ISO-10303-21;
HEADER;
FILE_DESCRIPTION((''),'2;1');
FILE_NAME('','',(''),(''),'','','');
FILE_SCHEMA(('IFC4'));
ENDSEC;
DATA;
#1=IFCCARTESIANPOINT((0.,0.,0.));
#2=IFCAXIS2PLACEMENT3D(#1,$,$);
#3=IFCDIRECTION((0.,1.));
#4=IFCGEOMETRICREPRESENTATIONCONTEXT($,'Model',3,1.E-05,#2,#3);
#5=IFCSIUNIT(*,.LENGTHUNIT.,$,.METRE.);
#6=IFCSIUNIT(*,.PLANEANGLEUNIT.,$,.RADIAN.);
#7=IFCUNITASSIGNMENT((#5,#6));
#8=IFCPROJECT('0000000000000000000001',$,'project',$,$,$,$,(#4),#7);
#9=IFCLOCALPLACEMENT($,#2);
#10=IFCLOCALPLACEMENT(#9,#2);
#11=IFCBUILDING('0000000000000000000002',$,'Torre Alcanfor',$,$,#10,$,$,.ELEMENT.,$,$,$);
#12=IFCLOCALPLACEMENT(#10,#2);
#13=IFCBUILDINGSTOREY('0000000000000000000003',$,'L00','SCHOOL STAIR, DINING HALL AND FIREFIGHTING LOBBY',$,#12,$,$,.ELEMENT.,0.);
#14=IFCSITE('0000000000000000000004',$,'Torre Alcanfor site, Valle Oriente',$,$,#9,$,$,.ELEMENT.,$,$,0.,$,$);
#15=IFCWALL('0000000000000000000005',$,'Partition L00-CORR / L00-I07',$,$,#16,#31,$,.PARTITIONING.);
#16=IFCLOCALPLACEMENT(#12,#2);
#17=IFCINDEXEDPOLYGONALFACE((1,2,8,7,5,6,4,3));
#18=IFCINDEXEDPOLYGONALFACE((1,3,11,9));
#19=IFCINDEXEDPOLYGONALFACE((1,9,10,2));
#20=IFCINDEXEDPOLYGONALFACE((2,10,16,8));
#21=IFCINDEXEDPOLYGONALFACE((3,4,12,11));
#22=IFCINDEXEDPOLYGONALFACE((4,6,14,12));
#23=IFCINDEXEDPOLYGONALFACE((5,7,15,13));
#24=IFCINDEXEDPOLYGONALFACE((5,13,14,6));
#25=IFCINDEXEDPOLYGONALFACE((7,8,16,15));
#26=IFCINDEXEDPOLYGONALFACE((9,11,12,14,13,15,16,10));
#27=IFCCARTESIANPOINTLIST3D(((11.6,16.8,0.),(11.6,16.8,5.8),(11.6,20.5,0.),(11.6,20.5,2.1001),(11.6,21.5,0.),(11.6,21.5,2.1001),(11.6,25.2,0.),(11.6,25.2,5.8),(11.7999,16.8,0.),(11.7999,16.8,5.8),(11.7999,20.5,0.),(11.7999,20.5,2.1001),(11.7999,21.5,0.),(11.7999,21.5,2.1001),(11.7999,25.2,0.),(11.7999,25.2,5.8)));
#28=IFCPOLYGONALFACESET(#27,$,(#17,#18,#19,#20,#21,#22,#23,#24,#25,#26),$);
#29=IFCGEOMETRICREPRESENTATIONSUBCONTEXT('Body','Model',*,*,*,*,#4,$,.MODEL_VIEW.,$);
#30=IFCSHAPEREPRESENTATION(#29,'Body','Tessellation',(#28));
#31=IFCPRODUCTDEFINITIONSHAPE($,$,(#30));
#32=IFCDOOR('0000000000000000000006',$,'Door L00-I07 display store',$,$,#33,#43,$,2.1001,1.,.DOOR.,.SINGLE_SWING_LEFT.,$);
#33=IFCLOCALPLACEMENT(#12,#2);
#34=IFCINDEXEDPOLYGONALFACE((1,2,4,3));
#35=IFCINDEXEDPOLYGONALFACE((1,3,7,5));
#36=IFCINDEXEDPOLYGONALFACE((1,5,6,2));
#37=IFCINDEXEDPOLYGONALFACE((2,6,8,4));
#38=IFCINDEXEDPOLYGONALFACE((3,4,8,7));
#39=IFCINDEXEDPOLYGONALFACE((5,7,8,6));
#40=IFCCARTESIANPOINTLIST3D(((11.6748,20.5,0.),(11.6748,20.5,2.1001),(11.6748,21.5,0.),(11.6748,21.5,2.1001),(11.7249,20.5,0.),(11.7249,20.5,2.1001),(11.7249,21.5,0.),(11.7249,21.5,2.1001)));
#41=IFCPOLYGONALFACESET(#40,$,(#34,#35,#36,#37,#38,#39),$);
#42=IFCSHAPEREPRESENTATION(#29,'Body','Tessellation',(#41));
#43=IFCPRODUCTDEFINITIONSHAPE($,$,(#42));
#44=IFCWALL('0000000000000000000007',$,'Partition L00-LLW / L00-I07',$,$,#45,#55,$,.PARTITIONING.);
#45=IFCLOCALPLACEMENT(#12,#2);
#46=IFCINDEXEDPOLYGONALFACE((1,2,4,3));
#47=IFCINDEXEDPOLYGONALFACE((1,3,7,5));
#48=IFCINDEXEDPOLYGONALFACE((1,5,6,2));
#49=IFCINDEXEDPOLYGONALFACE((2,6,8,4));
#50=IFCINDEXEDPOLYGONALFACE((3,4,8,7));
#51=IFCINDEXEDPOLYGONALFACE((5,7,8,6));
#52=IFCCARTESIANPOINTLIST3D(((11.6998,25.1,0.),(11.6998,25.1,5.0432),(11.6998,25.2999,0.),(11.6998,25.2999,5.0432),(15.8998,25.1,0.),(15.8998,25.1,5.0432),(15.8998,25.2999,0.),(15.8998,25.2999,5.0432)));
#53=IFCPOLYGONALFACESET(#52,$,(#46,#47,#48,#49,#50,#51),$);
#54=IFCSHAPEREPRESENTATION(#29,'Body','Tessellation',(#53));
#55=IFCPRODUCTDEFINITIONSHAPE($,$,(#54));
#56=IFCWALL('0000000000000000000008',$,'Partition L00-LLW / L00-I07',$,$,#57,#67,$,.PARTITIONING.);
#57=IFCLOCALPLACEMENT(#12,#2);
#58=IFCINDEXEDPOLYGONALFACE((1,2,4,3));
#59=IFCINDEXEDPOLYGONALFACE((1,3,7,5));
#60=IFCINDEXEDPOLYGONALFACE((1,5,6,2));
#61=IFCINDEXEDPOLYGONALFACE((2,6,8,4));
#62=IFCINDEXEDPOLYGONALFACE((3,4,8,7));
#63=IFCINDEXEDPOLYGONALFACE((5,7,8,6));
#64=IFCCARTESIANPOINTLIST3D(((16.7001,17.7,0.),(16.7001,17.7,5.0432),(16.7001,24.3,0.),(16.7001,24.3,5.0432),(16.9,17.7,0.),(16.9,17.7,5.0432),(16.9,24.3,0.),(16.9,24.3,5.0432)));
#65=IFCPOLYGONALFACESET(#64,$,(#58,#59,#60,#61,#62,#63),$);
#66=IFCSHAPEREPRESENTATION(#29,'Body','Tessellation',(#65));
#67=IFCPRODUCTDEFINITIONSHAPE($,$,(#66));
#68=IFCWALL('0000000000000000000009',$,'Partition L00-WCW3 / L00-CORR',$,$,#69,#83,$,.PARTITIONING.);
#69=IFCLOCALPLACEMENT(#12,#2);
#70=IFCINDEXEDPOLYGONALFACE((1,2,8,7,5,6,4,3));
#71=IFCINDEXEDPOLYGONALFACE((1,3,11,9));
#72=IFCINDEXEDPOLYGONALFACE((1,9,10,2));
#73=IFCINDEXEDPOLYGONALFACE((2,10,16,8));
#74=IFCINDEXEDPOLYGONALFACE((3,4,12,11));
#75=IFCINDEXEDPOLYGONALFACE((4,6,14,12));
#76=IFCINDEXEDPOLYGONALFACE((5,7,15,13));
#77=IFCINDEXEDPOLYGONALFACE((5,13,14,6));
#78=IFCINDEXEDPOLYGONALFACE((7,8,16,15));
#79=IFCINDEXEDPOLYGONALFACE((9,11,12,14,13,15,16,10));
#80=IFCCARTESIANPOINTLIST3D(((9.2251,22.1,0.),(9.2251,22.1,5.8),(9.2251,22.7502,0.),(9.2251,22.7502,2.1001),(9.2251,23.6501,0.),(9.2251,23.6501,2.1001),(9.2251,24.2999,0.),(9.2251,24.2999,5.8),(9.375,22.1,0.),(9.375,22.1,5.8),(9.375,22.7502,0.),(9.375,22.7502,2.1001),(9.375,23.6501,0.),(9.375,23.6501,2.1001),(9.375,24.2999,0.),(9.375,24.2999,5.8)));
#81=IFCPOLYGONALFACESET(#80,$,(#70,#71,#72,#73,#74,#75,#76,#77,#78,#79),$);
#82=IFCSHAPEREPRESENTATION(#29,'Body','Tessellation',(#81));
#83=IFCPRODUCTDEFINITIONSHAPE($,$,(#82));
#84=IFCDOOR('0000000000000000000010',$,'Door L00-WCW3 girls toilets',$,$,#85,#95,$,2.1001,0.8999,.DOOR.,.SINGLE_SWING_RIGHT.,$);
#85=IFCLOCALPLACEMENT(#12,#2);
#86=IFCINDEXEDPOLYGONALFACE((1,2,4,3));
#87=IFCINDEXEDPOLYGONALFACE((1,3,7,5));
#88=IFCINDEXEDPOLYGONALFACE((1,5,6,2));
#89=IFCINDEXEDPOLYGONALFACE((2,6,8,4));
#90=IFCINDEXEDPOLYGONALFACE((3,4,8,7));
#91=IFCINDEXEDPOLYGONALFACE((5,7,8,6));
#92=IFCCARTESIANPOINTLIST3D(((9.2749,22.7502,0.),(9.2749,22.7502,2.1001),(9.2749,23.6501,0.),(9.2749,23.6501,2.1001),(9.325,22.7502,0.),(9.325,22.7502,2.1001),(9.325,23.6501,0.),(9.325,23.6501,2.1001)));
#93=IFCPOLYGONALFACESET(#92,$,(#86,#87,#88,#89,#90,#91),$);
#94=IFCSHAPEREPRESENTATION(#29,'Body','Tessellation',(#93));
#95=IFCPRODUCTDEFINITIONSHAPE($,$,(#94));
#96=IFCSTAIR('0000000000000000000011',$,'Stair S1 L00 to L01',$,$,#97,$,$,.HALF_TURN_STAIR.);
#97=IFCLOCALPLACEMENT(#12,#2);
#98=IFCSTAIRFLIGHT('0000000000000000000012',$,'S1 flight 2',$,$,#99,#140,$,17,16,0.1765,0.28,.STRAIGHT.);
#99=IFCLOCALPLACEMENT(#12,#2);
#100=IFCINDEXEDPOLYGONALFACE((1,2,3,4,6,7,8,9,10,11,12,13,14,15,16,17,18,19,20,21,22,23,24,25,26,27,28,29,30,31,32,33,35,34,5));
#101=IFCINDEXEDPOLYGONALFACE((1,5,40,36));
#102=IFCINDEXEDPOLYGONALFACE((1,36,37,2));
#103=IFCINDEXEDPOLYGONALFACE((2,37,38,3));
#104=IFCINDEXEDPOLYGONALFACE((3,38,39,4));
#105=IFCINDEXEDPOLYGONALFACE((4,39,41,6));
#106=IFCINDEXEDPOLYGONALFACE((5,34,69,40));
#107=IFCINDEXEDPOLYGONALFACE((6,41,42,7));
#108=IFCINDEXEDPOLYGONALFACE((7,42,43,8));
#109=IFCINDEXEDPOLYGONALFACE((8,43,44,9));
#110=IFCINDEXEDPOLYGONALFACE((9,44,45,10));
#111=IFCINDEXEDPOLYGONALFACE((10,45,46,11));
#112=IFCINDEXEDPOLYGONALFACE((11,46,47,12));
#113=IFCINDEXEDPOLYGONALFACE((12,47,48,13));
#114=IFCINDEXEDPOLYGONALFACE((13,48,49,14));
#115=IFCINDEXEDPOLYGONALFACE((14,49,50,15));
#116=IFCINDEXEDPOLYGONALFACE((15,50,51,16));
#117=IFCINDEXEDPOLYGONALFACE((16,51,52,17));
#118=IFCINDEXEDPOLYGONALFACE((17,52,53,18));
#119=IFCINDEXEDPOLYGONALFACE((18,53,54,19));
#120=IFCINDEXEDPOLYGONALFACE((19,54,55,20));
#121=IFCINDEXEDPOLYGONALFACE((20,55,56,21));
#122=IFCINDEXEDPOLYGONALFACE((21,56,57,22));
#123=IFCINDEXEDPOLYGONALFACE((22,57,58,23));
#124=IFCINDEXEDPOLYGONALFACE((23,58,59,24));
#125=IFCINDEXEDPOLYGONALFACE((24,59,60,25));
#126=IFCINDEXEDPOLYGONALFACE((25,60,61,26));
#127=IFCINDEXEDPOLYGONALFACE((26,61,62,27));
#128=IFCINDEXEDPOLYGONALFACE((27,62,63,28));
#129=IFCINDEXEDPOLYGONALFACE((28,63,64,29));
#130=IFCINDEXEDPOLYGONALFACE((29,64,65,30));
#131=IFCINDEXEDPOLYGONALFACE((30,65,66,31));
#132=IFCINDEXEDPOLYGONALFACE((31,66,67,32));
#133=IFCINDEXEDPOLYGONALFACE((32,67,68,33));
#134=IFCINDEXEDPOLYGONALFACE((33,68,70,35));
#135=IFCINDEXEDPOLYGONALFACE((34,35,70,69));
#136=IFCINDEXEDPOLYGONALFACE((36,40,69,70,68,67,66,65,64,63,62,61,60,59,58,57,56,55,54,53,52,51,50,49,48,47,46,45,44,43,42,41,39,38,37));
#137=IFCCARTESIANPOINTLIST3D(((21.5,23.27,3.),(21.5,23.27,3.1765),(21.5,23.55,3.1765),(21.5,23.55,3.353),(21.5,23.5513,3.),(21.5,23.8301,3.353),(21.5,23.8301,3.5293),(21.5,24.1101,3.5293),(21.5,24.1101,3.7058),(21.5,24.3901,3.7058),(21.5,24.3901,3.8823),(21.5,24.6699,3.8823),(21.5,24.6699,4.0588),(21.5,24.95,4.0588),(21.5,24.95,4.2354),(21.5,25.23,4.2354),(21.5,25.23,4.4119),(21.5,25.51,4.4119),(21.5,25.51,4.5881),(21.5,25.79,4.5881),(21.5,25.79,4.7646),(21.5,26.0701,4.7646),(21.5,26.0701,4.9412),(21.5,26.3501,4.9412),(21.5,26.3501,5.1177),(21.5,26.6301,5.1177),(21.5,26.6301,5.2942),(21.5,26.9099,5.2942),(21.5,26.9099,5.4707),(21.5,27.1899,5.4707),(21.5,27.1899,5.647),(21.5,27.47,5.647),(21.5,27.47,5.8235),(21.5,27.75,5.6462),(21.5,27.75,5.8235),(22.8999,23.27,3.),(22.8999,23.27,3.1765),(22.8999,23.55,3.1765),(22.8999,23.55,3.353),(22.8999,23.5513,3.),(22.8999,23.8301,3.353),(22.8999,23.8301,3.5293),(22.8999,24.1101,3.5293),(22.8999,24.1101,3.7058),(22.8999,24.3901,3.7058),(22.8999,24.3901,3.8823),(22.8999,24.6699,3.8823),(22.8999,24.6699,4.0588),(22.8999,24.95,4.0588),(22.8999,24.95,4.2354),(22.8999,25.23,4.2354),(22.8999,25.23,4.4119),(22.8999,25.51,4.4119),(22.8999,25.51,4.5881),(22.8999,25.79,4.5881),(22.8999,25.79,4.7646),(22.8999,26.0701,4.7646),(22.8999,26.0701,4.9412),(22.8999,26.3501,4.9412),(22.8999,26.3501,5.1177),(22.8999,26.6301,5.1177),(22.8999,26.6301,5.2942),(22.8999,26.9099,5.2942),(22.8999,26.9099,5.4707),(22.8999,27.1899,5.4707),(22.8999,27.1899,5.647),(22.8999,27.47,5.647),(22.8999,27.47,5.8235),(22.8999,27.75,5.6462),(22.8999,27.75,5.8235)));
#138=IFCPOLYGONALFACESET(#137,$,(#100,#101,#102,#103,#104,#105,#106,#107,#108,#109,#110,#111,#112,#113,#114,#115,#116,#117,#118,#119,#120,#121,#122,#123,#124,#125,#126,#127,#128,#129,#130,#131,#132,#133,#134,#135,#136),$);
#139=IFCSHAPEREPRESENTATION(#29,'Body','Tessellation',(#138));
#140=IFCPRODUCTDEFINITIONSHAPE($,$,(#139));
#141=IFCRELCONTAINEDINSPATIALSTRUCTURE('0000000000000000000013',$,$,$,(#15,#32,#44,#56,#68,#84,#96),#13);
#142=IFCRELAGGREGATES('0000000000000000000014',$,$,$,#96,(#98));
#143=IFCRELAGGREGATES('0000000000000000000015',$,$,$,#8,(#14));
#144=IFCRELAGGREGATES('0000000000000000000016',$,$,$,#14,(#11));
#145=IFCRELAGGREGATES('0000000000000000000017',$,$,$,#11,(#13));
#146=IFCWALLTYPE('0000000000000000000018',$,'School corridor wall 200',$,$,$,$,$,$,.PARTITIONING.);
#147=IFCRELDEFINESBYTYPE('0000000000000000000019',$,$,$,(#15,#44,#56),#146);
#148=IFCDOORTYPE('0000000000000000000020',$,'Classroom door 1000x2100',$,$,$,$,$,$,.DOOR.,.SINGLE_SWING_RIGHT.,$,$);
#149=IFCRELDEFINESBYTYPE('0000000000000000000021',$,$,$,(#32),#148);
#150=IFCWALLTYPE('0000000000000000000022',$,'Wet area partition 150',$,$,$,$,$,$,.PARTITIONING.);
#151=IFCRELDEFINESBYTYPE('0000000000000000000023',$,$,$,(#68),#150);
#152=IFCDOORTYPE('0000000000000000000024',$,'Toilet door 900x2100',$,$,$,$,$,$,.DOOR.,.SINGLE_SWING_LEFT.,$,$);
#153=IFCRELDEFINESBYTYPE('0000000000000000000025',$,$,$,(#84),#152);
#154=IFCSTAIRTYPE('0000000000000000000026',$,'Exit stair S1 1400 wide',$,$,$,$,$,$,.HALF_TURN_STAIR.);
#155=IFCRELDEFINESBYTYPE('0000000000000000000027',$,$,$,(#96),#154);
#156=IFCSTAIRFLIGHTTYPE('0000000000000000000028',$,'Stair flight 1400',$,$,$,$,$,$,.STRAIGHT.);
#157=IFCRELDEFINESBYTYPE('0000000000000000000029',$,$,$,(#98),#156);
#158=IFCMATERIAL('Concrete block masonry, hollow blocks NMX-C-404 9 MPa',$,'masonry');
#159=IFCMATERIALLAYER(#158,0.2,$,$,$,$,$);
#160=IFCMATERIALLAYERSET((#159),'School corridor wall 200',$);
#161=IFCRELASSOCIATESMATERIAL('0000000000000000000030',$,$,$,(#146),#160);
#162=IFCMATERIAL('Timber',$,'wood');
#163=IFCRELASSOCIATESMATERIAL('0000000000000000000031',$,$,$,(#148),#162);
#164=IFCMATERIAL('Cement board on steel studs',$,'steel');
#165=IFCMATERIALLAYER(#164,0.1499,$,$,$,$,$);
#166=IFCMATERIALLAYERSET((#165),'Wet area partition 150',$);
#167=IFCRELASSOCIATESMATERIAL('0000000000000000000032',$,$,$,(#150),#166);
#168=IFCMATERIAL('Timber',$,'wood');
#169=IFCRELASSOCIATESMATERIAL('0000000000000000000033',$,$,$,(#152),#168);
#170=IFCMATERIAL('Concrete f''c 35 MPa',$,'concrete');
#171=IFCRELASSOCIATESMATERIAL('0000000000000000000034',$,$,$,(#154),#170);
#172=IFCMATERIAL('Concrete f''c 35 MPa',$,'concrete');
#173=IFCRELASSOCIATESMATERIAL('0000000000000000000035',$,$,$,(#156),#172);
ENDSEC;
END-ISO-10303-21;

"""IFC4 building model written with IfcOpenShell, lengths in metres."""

from ifc_helpers import new_model, si_unit, direction, frame, frame_2d, origin, place, context, subcontext, project, spatial, polyline, rectangle, outline, extrude, material, layer, layer_set, type_object, element, fill, aggregate, save


model = new_model("IFC4")

# Units and contexts
model_context = context("Model", 3, precision=1e-05, world=origin(), true_north=direction((0.0, 1.0)))
body_context = subcontext(model_context, "Body", "Model", "MODEL_VIEW")
ifc_project = project(units=[si_unit("LENGTHUNIT", "METRE"), si_unit("PLANEANGLEUNIT", "RADIAN")], contexts=[model_context])

# Site, building, storey
site_placement = place(None, origin())
site = spatial("IfcSite", under=ifc_project, at=site_placement, Name="Torre Alcanfor site, Valle Oriente", CompositionType="ELEMENT", RefElevation=0.0)
building_placement = place(site_placement, origin())
building = spatial("IfcBuilding", under=site, at=building_placement, Name="Torre Alcanfor", CompositionType="ELEMENT")
storey_placement = place(building_placement, origin())
storey = spatial("IfcBuildingStorey", under=building, at=storey_placement, Name="L00", Description="SCHOOL STAIR, DINING HALL AND FIREFIGHTING LOBBY", CompositionType="ELEMENT", Elevation=0.0)

# Wall, opening, door
ifc_material_1 = material(Name="Concrete block masonry, hollow blocks NMX-C-404 9 MPa", Category="masonry")
ifc_layer_1 = layer(ifc_material_1, 0.2)
ifc_layer_set_1 = layer_set([ifc_layer_1], Name="School corridor wall 200")
wall_type_1 = type_object("IfcWallType", Name="School corridor wall 200", PredefinedType="PARTITIONING", material=ifc_layer_set_1)
wall_1_placement = place(storey_placement, frame((11.7, 25.2, 0.0), z_axis=(0.0, 0.0, 1.0), x_axis=(0.0, -1.0, 0.0)))
wall_1 = element("IfcWall", 1, at=wall_1_placement, inside=storey, type_object=wall_type_1, Name="Partition L00-CORR / L00-I07", PredefinedType="PARTITIONING", context=body_context, shape_type="SweptSolid", body=[
    extrude(rectangle(XDim=8.3999, YDim=0.2, at=frame_2d((4.2, 0.0))), origin(), (0.0, 0.0, 1.0), 5.8),
])
opening_1_placement = place(wall_1_placement, frame((3.7, 0.0, 0.0)))
opening_1 = element("IfcOpeningElement", 2, at=opening_1_placement, cuts=wall_1, PredefinedType="OPENING", context=body_context, shape_type="SweptSolid", body=[
    extrude(rectangle(XDim=1.0, YDim=2.1001, at=frame_2d((0.5, 1.05))), frame((0.0, 0.1099, 0.0), z_axis=(0.0, -1.0, 0.0), x_axis=(1.0, 0.0, 0.0)), (0.0, 0.0, 1.0), 0.22),
])
ifc_material_2 = material(Name="Timber", Category="wood")
door_type_1 = type_object("IfcDoorType", Name="Classroom door 1000x2100", OperationType="SINGLE_SWING_RIGHT", PredefinedType="DOOR", material=ifc_material_2)
door_1_placement = place(opening_1_placement, origin())
door_1 = element("IfcDoor", 3, at=door_1_placement, inside=storey, type_object=door_type_1, Name="Door L00-I07 display store", OperationType="SINGLE_SWING_LEFT", OverallHeight=2.1001, OverallWidth=1.0, PredefinedType="DOOR", context=body_context, shape_type="SweptSolid", body=[
    extrude(rectangle(XDim=1.0, YDim=2.1001, at=frame_2d((0.5, 1.05))), frame((0.0, 0.0249, 0.0), z_axis=(0.0, -1.0, 0.0), x_axis=(1.0, 0.0, 0.0)), (0.0, 0.0, 1.0), 0.05),
])
fill(opening_1, door_1)

# Walls
wall_2_placement = place(storey_placement, frame((15.8999, 25.2, 0.0), z_axis=(0.0, 0.0, 1.0), x_axis=(-1.0, 0.0, 0.0)))
element("IfcWall", 4, at=wall_2_placement, inside=storey, type_object=wall_type_1, Name="Partition L00-LLW / L00-I07", PredefinedType="PARTITIONING", context=body_context, shape_type="SweptSolid", body=[
    extrude(rectangle(XDim=4.2, YDim=0.2, at=frame_2d((2.1001, 0.0))), origin(), (0.0, 0.0, 1.0), 5.0432),
])
wall_3_placement = place(storey_placement, frame((16.8, 17.7, 0.0), z_axis=(0.0, 0.0, 1.0), x_axis=(0.0, 1.0, 0.0)))
element("IfcWall", 5, at=wall_3_placement, inside=storey, type_object=wall_type_1, Name="Partition L00-LLW / L00-I07", PredefinedType="PARTITIONING", context=body_context, shape_type="SweptSolid", body=[
    extrude(rectangle(XDim=6.6001, YDim=0.2, at=frame_2d((3.3, 0.0))), origin(), (0.0, 0.0, 1.0), 5.0432),
])

# Wall, opening, door
ifc_material_3 = material(Name="Cement board on steel studs", Category="steel")
ifc_layer_2 = layer(ifc_material_3, 0.1499)
ifc_layer_set_2 = layer_set([ifc_layer_2], Name="Wet area partition 150")
wall_type_2 = type_object("IfcWallType", Name="Wet area partition 150", PredefinedType="PARTITIONING", material=ifc_layer_set_2)
wall_4_placement = place(storey_placement, frame((9.3, 24.3, 0.0), z_axis=(0.0, 0.0, 1.0), x_axis=(0.0, -1.0, 0.0)))
wall_4 = element("IfcWall", 6, at=wall_4_placement, inside=storey, type_object=wall_type_2, Name="Partition L00-WCW3 / L00-CORR", PredefinedType="PARTITIONING", context=body_context, shape_type="SweptSolid", body=[
    extrude(rectangle(XDim=2.2, YDim=0.1499, at=frame_2d((1.1001, 0.0))), origin(), (0.0, 0.0, 1.0), 5.8),
])
opening_2_placement = place(wall_4_placement, frame((0.6499, 0.0, 0.0)))
opening_2 = element("IfcOpeningElement", 7, at=opening_2_placement, cuts=wall_4, PredefinedType="OPENING", context=body_context, shape_type="SweptSolid", body=[
    extrude(rectangle(XDim=0.8999, YDim=2.1001, at=frame_2d((0.45, 1.05))), frame((0.0, 0.085, 0.0), z_axis=(0.0, -1.0, 0.0), x_axis=(1.0, 0.0, 0.0)), (0.0, 0.0, 1.0), 0.1699),
])
ifc_material_4 = material(Name="Timber", Category="wood")
door_type_2 = type_object("IfcDoorType", Name="Toilet door 900x2100", OperationType="SINGLE_SWING_LEFT", PredefinedType="DOOR", material=ifc_material_4)
door_2_placement = place(opening_2_placement, frame((0.8999, 0.0, 0.0), z_axis=(0.0, 0.0, 1.0), x_axis=(-1.0, 0.0, 0.0)))
door_2 = element("IfcDoor", 8, at=door_2_placement, inside=storey, type_object=door_type_2, Name="Door L00-WCW3 girls toilets", OperationType="SINGLE_SWING_RIGHT", OverallHeight=2.1001, OverallWidth=0.8999, PredefinedType="DOOR", context=body_context, shape_type="SweptSolid", body=[
    extrude(rectangle(XDim=0.8999, YDim=2.1001, at=frame_2d((0.45, 1.05))), frame((0.0, 0.0251, 0.0), z_axis=(0.0, -1.0, 0.0), x_axis=(1.0, 0.0, 0.0)), (0.0, 0.0, 1.0), 0.05),
])
fill(opening_2, door_2)

# Stair, stair flight
ifc_material_5 = material(Name="Concrete f'c 35 MPa", Category="concrete")
stair_type = type_object("IfcStairType", Name="Exit stair S1 1400 wide", PredefinedType="HALF_TURN_STAIR", material=ifc_material_5)
stair_placement = place(storey_placement, origin())
stair = element("IfcStair", 9, at=stair_placement, inside=storey, type_object=stair_type, Name="Stair S1 L00 to L01", PredefinedType="HALF_TURN_STAIR")
ifc_material_6 = material(Name="Concrete f'c 35 MPa", Category="concrete")
stair_flight_type = type_object("IfcStairFlightType", Name="Stair flight 1400", PredefinedType="STRAIGHT", material=ifc_material_6)
stair_flight_placement = place(storey_placement, frame((22.2, 23.27, 3.0), z_axis=(0.0, 0.0, 1.0), x_axis=(0.0, 1.0, 0.0)))
stair_flight = element("IfcStairFlight", 10, at=stair_flight_placement, type_object=stair_flight_type, Name="S1 flight 2", NumberOfRisers=17, NumberOfTreads=16, PredefinedType="STRAIGHT", RiserHeight=0.1765, TreadLength=0.28, context=body_context, shape_type="SweptSolid", body=[
    extrude(outline(polyline([(0.0, 0.0), (0.0, 0.1765), (0.28, 0.1765), (0.28, 0.353), (0.5601, 0.353), (0.5601, 0.5293), (0.8401, 0.5293), (0.8401, 0.7058), (1.1201, 0.7058), (1.1201, 0.8823), (1.3999, 0.8823), (1.3999, 1.0588), (1.6799, 1.0588), (1.6799, 1.2354), (1.96, 1.2354), (1.96, 1.4119), (2.24, 1.4119), (2.24, 1.5881), (2.52, 1.5881), (2.52, 1.7646), (2.8, 1.7646), (2.8, 1.9412), (3.0801, 1.9412), (3.0801, 2.1177), (3.3601, 2.1177), (3.3601, 2.2942), (3.6399, 2.2942), (3.6399, 2.4707), (3.9199, 2.4707), (3.9199, 2.647), (4.2, 2.647), (4.2, 2.8235), (4.48, 2.8235), (4.48, 3.0), (4.48, 2.6462), (0.2812, 0.0), (0.0, 0.0)])), frame((0.0, 0.7, 0.0), z_axis=(0.0, -1.0, 0.0), x_axis=(1.0, 0.0, 0.0)), (0.0, 0.0, 1.0), 1.3999),
])
aggregate(stair, [stair_flight])

save(model, "model.ifc")
